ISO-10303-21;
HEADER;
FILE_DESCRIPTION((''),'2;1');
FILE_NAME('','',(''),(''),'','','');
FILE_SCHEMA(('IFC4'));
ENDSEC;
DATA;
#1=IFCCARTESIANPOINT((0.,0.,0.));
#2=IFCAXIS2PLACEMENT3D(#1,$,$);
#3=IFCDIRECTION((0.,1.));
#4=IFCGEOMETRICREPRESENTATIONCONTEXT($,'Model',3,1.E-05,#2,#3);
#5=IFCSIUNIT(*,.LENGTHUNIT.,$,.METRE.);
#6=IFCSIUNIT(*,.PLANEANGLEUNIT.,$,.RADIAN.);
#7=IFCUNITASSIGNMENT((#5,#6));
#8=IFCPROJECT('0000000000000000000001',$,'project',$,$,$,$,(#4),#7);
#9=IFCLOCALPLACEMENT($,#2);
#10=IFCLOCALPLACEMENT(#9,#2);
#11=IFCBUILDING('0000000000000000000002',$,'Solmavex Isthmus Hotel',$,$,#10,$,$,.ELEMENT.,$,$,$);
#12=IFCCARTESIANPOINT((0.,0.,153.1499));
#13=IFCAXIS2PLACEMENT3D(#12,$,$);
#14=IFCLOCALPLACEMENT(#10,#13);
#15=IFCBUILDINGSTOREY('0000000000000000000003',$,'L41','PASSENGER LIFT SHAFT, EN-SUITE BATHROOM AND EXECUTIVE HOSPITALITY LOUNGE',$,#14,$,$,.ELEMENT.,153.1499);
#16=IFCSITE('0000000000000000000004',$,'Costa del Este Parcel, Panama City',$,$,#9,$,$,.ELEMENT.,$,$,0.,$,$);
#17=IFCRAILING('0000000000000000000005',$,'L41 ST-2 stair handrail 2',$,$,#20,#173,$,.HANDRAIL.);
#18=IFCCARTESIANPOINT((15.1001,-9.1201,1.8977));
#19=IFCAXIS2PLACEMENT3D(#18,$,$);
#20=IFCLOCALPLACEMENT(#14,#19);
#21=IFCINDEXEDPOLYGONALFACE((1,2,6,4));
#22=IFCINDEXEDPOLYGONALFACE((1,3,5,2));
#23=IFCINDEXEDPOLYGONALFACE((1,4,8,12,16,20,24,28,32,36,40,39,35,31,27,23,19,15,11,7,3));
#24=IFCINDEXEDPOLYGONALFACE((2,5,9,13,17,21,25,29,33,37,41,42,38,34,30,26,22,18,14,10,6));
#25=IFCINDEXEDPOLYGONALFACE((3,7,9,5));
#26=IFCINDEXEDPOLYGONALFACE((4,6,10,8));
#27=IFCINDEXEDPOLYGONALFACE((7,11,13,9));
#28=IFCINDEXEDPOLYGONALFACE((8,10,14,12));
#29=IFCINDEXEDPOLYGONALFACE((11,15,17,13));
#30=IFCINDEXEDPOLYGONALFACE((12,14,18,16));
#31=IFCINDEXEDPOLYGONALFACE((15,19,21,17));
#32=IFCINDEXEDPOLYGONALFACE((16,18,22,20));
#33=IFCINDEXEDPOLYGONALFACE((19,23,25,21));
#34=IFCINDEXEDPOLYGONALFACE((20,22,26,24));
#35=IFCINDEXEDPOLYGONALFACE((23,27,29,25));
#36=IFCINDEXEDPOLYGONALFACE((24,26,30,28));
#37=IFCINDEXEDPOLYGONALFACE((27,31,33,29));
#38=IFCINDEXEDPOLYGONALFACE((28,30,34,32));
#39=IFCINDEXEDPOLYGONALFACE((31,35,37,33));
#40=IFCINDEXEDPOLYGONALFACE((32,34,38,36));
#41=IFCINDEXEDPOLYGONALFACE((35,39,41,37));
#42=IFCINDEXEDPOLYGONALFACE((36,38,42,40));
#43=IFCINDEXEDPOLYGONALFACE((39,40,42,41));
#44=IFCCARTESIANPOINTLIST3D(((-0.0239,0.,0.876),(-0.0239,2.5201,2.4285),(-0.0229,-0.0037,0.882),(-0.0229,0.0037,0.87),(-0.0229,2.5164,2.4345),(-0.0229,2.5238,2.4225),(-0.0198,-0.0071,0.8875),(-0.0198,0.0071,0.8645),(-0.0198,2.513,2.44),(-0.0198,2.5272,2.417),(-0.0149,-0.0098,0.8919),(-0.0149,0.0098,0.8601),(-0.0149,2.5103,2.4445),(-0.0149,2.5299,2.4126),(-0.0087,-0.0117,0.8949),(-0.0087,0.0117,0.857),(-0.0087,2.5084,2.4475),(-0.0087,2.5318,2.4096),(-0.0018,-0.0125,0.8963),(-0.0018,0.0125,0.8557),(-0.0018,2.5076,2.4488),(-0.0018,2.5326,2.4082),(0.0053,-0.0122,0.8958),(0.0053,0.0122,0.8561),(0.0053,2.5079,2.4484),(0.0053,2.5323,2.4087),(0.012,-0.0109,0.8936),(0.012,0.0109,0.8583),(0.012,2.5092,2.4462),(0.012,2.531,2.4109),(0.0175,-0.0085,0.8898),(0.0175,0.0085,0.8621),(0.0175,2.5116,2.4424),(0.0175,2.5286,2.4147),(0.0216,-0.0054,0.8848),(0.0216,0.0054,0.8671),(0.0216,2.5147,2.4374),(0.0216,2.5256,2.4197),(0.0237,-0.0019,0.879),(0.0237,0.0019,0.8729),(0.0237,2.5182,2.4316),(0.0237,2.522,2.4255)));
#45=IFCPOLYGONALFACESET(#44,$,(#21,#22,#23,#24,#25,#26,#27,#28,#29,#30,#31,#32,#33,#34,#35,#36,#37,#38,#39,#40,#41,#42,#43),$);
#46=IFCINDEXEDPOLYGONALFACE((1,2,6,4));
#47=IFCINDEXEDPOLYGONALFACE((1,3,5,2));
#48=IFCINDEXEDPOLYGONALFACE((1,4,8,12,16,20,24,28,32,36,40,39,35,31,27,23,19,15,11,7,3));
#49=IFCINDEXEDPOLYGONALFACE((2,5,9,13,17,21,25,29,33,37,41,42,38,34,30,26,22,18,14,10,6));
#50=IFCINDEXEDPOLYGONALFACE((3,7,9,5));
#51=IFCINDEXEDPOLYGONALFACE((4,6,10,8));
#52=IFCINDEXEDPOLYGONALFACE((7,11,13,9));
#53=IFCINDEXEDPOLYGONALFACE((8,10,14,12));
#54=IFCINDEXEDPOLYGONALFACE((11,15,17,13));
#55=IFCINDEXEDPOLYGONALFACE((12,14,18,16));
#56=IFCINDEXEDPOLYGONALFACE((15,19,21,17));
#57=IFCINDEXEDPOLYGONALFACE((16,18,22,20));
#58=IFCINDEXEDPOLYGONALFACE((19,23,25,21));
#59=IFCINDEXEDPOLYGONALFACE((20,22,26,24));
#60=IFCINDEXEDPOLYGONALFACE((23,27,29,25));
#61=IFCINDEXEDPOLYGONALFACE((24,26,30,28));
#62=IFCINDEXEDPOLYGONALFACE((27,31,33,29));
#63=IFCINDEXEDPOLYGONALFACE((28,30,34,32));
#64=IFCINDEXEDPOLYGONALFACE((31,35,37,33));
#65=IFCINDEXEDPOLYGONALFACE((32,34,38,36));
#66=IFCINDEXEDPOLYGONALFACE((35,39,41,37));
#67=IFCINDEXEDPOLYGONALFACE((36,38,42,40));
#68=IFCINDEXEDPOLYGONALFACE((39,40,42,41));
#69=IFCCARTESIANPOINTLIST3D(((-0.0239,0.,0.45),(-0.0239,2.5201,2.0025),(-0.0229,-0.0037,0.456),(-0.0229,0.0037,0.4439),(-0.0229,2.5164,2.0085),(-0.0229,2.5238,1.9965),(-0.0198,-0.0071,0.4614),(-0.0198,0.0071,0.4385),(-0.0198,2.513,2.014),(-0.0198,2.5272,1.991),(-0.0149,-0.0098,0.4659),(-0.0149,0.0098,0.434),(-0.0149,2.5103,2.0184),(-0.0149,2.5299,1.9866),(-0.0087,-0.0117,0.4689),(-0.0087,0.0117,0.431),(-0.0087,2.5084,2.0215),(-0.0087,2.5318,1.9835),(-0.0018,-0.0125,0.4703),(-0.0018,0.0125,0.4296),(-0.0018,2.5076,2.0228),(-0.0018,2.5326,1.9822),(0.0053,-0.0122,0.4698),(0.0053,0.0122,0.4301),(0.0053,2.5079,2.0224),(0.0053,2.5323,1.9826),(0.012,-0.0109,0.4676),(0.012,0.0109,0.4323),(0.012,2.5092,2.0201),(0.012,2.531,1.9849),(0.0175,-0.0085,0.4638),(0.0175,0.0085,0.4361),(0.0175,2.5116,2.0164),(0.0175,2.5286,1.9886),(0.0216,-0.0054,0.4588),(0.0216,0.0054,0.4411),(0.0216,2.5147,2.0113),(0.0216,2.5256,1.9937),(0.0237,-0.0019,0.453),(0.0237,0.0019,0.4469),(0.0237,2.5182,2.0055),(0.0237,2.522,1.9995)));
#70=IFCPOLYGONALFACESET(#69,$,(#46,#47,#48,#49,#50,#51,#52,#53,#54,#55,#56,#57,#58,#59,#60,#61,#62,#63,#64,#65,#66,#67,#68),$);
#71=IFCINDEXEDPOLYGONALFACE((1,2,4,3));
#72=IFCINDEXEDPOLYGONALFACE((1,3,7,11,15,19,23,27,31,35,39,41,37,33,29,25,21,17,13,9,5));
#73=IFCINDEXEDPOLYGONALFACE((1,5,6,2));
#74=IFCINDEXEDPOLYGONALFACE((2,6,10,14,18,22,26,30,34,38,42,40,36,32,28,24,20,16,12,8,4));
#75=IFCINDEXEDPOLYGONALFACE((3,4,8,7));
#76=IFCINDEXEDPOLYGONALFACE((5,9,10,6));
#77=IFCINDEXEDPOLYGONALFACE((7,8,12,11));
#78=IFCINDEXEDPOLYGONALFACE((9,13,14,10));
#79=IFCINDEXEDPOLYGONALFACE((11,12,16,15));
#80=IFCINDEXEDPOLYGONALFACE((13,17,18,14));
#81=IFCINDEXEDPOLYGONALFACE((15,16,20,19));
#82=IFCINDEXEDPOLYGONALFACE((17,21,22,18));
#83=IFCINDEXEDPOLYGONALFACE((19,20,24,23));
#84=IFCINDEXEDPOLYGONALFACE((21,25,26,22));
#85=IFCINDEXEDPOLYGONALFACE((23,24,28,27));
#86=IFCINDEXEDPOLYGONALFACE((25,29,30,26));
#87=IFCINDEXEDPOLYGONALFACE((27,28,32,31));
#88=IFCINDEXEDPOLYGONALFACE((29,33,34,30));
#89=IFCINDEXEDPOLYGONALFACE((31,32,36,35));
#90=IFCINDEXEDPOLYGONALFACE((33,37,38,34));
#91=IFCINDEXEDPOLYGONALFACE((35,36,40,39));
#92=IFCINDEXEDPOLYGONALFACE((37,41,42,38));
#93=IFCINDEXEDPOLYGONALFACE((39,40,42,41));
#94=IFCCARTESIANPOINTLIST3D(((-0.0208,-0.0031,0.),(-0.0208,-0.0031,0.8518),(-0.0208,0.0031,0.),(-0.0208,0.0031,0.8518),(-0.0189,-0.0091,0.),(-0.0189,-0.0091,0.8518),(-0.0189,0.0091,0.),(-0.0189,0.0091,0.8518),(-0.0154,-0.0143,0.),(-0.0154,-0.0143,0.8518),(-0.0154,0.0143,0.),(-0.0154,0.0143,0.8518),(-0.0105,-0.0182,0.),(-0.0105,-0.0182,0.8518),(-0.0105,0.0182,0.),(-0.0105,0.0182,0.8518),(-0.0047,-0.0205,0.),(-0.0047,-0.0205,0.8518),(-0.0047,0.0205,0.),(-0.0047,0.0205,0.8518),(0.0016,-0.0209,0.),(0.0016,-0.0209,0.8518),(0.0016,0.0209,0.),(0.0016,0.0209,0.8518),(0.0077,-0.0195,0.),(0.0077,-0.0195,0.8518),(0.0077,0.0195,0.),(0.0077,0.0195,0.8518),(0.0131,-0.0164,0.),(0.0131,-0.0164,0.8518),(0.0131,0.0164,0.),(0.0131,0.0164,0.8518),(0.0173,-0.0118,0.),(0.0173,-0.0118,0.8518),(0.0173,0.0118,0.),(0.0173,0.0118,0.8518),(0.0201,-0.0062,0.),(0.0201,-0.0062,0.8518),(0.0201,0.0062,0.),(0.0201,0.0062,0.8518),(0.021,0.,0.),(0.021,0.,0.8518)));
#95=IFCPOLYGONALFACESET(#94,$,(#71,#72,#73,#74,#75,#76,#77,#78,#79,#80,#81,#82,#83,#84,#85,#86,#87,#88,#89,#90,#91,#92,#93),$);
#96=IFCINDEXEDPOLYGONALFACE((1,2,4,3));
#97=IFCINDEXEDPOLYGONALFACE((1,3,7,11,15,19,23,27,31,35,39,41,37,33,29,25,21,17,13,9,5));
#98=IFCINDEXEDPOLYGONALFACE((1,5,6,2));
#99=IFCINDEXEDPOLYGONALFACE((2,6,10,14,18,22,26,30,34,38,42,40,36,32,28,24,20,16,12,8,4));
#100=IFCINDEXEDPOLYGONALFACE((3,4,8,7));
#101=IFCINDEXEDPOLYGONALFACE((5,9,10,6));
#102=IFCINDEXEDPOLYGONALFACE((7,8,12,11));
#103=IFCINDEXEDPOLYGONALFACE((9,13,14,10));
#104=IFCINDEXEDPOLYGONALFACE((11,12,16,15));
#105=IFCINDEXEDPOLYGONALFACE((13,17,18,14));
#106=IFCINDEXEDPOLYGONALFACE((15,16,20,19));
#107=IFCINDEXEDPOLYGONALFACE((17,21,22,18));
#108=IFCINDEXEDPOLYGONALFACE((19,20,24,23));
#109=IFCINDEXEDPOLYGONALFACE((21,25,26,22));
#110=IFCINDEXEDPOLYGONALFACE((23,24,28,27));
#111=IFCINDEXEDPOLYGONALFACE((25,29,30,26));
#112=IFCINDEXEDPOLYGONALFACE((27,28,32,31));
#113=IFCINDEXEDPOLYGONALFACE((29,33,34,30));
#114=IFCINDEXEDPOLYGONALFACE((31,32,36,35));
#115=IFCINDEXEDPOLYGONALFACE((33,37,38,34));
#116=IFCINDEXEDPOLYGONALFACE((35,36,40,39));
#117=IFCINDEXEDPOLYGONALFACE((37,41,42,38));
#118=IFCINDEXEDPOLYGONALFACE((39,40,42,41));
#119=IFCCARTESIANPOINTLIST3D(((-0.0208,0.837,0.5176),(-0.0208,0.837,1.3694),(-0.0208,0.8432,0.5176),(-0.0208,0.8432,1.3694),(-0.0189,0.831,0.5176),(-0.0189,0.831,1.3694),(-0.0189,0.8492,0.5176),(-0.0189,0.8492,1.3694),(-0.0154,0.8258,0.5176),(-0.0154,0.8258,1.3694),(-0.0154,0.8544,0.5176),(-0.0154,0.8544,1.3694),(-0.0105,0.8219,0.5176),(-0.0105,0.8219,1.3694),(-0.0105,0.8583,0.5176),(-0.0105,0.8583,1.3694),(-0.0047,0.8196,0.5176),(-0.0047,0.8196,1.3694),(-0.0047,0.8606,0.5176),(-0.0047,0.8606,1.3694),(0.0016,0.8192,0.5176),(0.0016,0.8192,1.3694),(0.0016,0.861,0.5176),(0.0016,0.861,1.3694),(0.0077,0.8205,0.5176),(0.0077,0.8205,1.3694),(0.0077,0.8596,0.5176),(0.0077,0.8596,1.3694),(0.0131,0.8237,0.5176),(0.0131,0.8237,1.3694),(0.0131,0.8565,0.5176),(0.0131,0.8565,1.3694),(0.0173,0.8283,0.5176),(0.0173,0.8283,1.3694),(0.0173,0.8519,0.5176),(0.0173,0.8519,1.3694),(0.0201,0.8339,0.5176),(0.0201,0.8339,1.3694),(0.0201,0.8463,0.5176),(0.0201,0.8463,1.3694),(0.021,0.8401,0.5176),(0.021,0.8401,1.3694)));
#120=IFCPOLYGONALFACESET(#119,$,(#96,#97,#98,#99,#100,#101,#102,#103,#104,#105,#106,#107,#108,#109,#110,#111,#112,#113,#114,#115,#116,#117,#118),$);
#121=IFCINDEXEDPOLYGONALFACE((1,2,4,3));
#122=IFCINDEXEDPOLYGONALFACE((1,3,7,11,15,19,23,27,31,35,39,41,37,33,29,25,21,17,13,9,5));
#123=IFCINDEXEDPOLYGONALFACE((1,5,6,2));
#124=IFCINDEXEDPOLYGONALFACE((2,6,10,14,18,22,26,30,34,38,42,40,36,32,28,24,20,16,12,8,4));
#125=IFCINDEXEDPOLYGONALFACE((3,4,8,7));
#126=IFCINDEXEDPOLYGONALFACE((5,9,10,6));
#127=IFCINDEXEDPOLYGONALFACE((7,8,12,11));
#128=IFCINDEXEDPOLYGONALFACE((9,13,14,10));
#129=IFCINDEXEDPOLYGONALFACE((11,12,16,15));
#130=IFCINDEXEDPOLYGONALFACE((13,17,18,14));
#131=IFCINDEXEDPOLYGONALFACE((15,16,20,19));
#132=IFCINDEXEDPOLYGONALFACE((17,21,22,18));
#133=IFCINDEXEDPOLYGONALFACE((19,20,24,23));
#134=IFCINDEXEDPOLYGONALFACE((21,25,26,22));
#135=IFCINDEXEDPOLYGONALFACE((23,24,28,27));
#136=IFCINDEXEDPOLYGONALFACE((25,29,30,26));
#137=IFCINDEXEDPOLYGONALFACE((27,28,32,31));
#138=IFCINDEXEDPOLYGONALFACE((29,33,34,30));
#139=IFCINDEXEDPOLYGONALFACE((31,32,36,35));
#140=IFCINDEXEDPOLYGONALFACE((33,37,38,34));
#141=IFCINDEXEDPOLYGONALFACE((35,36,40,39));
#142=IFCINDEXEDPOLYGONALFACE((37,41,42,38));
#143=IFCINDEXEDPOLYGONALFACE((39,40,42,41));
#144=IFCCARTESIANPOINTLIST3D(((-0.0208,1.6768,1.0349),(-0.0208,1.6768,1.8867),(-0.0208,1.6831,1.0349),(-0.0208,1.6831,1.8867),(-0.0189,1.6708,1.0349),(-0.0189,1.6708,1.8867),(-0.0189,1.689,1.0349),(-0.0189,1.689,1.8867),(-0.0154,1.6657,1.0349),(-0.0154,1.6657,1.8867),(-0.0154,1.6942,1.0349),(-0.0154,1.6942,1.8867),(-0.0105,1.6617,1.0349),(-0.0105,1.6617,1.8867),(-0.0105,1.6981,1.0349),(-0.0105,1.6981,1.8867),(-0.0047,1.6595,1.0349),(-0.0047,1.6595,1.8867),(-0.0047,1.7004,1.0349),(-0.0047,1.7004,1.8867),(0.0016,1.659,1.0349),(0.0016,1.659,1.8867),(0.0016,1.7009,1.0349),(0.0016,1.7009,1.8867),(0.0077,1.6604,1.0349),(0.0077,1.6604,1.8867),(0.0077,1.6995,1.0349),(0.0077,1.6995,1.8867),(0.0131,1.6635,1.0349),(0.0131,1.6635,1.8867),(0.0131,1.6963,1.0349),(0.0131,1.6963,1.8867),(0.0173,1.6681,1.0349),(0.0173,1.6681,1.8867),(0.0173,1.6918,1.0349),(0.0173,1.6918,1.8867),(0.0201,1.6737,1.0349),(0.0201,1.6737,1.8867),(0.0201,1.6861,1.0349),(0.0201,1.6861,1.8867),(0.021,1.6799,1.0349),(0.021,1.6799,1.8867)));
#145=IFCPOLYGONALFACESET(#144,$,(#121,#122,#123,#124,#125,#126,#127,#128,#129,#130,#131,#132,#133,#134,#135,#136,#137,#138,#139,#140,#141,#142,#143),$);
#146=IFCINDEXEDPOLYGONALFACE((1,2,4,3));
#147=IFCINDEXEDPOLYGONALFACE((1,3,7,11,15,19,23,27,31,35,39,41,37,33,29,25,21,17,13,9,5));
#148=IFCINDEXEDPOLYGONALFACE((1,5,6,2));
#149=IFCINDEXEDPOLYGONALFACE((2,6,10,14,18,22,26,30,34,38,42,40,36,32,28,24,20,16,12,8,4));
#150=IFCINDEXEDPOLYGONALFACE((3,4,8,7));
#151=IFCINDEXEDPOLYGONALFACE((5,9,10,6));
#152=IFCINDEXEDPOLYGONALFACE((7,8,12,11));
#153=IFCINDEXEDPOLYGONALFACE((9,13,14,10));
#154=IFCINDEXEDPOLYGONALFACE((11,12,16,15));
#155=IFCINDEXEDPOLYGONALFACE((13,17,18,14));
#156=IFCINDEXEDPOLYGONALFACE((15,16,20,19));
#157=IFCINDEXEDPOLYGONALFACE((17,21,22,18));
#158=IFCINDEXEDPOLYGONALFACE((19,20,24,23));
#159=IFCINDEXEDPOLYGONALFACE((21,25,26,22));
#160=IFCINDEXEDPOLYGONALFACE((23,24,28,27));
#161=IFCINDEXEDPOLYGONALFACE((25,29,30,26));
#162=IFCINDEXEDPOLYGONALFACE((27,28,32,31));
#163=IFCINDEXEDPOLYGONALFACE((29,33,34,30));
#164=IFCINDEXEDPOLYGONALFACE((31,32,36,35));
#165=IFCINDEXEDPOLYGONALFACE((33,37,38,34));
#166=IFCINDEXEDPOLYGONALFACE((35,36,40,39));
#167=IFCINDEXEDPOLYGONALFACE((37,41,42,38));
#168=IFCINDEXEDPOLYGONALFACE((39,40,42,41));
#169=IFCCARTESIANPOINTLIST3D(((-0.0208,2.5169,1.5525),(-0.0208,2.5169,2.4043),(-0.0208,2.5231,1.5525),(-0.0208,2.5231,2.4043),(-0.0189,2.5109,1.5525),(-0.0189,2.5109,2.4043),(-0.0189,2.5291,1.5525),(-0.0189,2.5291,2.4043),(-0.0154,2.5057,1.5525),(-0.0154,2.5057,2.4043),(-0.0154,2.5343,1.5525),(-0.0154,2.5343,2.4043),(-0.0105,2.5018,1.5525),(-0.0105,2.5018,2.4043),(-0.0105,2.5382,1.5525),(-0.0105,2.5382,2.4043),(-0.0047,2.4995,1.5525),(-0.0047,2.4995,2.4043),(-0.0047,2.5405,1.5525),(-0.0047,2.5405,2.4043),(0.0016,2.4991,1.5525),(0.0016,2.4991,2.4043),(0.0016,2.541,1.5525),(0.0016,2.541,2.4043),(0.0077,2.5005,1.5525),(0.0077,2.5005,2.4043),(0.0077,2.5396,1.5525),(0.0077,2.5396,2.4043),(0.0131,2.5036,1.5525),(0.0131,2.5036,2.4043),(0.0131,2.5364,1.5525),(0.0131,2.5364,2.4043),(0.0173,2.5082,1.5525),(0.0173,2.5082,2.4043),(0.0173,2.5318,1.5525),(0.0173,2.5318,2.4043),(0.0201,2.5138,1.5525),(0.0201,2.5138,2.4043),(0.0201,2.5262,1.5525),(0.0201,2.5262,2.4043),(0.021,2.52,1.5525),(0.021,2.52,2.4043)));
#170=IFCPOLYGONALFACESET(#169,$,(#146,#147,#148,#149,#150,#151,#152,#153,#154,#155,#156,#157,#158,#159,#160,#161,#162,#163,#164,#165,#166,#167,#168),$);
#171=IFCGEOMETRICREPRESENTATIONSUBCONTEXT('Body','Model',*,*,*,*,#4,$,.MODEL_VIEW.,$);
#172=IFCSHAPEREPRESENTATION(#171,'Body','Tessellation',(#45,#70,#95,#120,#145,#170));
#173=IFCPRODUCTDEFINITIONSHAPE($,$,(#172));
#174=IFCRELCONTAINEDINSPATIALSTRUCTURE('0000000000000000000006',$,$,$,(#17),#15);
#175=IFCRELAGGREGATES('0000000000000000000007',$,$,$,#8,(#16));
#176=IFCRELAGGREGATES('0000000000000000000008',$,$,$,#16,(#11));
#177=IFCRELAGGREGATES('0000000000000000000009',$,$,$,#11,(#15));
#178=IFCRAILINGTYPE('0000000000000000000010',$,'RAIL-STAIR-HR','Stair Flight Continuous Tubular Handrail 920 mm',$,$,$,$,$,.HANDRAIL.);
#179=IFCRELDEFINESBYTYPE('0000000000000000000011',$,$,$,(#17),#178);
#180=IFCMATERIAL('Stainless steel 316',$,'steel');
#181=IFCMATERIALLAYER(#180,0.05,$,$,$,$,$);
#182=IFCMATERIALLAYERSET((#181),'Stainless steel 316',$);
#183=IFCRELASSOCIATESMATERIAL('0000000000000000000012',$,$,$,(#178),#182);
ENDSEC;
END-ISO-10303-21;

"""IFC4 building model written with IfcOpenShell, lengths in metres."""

from ifc_helpers import new_model, si_unit, direction, frame, origin, origin_2d, place, context, subcontext, project, spatial, circle, extrude, material, layer, layer_set, type_object, element, save


model = new_model("IFC4")

# Units and contexts
model_context = context("Model", 3, precision=1e-05, world=origin(), true_north=direction((0.0, 1.0)))
body_context = subcontext(model_context, "Body", "Model", "MODEL_VIEW")
ifc_project = project(units=[si_unit("LENGTHUNIT", "METRE"), si_unit("PLANEANGLEUNIT", "RADIAN")], contexts=[model_context])

# Site, building, storey
site_placement = place(None, origin())
site = spatial("IfcSite", under=ifc_project, at=site_placement, Name="Costa del Este Parcel, Panama City", CompositionType="ELEMENT", RefElevation=0.0)
building_placement = place(site_placement, origin())
building = spatial("IfcBuilding", under=site, at=building_placement, Name="Solmavex Isthmus Hotel", CompositionType="ELEMENT")
storey_placement = place(building_placement, frame((0.0, 0.0, 153.1499)))
storey = spatial("IfcBuildingStorey", under=building, at=storey_placement, Name="L41", Description="PASSENGER LIFT SHAFT, EN-SUITE BATHROOM AND EXECUTIVE HOSPITALITY LOUNGE", CompositionType="ELEMENT", Elevation=153.1499)

# Railing
ifc_material_1 = material(Name="Stainless steel 316", Category="steel")
ifc_layer_1 = layer(ifc_material_1, 0.05)
ifc_layer_set_1 = layer_set([ifc_layer_1], Name="Stainless steel 316")
railing_type_1 = type_object("IfcRailingType", Name="RAIL-STAIR-HR", Description="Stair Flight Continuous Tubular Handrail 920 mm", PredefinedType="HANDRAIL", material=ifc_layer_set_1)
railing_1_placement = place(storey_placement, frame((15.1001, -9.1201, 1.8977)))
element("IfcRailing", 1, at=railing_1_placement, inside=storey, type_object=railing_type_1, Name="L41 ST-2 stair handrail 2", PredefinedType="HANDRAIL", context=body_context, shape_type="SweptSolid", body=[
    extrude(circle(Radius=0.0239, at=origin_2d()), frame((0.0, 0.0, 0.876), z_axis=(0.0, 0.8514, 0.524516), x_axis=(-1.0, 0.0, 0.0)), (0.0, 0.0, 1.0), 2.96),
    extrude(circle(Radius=0.0239, at=origin_2d()), frame((0.0, 0.0, 0.45), z_axis=(0.0, 0.8514, 0.524516), x_axis=(-1.0, 0.0, 0.0)), (0.0, 0.0, 1.0), 2.96),
    extrude(circle(Radius=0.021, at=origin_2d()), origin(), (0.0, 0.0, 1.0), 0.8518),
    extrude(circle(Radius=0.021, at=origin_2d()), frame((0.0, 0.8401, 0.5176)), (0.0, 0.0, 1.0), 0.8518),
    extrude(circle(Radius=0.021, at=origin_2d()), frame((0.0, 1.6799, 1.0349)), (0.0, 0.0, 1.0), 0.8518),
    extrude(circle(Radius=0.021, at=origin_2d()), frame((0.0, 2.52, 1.5525)), (0.0, 0.0, 1.0), 0.8518),
])

save(model, "model.ifc")
